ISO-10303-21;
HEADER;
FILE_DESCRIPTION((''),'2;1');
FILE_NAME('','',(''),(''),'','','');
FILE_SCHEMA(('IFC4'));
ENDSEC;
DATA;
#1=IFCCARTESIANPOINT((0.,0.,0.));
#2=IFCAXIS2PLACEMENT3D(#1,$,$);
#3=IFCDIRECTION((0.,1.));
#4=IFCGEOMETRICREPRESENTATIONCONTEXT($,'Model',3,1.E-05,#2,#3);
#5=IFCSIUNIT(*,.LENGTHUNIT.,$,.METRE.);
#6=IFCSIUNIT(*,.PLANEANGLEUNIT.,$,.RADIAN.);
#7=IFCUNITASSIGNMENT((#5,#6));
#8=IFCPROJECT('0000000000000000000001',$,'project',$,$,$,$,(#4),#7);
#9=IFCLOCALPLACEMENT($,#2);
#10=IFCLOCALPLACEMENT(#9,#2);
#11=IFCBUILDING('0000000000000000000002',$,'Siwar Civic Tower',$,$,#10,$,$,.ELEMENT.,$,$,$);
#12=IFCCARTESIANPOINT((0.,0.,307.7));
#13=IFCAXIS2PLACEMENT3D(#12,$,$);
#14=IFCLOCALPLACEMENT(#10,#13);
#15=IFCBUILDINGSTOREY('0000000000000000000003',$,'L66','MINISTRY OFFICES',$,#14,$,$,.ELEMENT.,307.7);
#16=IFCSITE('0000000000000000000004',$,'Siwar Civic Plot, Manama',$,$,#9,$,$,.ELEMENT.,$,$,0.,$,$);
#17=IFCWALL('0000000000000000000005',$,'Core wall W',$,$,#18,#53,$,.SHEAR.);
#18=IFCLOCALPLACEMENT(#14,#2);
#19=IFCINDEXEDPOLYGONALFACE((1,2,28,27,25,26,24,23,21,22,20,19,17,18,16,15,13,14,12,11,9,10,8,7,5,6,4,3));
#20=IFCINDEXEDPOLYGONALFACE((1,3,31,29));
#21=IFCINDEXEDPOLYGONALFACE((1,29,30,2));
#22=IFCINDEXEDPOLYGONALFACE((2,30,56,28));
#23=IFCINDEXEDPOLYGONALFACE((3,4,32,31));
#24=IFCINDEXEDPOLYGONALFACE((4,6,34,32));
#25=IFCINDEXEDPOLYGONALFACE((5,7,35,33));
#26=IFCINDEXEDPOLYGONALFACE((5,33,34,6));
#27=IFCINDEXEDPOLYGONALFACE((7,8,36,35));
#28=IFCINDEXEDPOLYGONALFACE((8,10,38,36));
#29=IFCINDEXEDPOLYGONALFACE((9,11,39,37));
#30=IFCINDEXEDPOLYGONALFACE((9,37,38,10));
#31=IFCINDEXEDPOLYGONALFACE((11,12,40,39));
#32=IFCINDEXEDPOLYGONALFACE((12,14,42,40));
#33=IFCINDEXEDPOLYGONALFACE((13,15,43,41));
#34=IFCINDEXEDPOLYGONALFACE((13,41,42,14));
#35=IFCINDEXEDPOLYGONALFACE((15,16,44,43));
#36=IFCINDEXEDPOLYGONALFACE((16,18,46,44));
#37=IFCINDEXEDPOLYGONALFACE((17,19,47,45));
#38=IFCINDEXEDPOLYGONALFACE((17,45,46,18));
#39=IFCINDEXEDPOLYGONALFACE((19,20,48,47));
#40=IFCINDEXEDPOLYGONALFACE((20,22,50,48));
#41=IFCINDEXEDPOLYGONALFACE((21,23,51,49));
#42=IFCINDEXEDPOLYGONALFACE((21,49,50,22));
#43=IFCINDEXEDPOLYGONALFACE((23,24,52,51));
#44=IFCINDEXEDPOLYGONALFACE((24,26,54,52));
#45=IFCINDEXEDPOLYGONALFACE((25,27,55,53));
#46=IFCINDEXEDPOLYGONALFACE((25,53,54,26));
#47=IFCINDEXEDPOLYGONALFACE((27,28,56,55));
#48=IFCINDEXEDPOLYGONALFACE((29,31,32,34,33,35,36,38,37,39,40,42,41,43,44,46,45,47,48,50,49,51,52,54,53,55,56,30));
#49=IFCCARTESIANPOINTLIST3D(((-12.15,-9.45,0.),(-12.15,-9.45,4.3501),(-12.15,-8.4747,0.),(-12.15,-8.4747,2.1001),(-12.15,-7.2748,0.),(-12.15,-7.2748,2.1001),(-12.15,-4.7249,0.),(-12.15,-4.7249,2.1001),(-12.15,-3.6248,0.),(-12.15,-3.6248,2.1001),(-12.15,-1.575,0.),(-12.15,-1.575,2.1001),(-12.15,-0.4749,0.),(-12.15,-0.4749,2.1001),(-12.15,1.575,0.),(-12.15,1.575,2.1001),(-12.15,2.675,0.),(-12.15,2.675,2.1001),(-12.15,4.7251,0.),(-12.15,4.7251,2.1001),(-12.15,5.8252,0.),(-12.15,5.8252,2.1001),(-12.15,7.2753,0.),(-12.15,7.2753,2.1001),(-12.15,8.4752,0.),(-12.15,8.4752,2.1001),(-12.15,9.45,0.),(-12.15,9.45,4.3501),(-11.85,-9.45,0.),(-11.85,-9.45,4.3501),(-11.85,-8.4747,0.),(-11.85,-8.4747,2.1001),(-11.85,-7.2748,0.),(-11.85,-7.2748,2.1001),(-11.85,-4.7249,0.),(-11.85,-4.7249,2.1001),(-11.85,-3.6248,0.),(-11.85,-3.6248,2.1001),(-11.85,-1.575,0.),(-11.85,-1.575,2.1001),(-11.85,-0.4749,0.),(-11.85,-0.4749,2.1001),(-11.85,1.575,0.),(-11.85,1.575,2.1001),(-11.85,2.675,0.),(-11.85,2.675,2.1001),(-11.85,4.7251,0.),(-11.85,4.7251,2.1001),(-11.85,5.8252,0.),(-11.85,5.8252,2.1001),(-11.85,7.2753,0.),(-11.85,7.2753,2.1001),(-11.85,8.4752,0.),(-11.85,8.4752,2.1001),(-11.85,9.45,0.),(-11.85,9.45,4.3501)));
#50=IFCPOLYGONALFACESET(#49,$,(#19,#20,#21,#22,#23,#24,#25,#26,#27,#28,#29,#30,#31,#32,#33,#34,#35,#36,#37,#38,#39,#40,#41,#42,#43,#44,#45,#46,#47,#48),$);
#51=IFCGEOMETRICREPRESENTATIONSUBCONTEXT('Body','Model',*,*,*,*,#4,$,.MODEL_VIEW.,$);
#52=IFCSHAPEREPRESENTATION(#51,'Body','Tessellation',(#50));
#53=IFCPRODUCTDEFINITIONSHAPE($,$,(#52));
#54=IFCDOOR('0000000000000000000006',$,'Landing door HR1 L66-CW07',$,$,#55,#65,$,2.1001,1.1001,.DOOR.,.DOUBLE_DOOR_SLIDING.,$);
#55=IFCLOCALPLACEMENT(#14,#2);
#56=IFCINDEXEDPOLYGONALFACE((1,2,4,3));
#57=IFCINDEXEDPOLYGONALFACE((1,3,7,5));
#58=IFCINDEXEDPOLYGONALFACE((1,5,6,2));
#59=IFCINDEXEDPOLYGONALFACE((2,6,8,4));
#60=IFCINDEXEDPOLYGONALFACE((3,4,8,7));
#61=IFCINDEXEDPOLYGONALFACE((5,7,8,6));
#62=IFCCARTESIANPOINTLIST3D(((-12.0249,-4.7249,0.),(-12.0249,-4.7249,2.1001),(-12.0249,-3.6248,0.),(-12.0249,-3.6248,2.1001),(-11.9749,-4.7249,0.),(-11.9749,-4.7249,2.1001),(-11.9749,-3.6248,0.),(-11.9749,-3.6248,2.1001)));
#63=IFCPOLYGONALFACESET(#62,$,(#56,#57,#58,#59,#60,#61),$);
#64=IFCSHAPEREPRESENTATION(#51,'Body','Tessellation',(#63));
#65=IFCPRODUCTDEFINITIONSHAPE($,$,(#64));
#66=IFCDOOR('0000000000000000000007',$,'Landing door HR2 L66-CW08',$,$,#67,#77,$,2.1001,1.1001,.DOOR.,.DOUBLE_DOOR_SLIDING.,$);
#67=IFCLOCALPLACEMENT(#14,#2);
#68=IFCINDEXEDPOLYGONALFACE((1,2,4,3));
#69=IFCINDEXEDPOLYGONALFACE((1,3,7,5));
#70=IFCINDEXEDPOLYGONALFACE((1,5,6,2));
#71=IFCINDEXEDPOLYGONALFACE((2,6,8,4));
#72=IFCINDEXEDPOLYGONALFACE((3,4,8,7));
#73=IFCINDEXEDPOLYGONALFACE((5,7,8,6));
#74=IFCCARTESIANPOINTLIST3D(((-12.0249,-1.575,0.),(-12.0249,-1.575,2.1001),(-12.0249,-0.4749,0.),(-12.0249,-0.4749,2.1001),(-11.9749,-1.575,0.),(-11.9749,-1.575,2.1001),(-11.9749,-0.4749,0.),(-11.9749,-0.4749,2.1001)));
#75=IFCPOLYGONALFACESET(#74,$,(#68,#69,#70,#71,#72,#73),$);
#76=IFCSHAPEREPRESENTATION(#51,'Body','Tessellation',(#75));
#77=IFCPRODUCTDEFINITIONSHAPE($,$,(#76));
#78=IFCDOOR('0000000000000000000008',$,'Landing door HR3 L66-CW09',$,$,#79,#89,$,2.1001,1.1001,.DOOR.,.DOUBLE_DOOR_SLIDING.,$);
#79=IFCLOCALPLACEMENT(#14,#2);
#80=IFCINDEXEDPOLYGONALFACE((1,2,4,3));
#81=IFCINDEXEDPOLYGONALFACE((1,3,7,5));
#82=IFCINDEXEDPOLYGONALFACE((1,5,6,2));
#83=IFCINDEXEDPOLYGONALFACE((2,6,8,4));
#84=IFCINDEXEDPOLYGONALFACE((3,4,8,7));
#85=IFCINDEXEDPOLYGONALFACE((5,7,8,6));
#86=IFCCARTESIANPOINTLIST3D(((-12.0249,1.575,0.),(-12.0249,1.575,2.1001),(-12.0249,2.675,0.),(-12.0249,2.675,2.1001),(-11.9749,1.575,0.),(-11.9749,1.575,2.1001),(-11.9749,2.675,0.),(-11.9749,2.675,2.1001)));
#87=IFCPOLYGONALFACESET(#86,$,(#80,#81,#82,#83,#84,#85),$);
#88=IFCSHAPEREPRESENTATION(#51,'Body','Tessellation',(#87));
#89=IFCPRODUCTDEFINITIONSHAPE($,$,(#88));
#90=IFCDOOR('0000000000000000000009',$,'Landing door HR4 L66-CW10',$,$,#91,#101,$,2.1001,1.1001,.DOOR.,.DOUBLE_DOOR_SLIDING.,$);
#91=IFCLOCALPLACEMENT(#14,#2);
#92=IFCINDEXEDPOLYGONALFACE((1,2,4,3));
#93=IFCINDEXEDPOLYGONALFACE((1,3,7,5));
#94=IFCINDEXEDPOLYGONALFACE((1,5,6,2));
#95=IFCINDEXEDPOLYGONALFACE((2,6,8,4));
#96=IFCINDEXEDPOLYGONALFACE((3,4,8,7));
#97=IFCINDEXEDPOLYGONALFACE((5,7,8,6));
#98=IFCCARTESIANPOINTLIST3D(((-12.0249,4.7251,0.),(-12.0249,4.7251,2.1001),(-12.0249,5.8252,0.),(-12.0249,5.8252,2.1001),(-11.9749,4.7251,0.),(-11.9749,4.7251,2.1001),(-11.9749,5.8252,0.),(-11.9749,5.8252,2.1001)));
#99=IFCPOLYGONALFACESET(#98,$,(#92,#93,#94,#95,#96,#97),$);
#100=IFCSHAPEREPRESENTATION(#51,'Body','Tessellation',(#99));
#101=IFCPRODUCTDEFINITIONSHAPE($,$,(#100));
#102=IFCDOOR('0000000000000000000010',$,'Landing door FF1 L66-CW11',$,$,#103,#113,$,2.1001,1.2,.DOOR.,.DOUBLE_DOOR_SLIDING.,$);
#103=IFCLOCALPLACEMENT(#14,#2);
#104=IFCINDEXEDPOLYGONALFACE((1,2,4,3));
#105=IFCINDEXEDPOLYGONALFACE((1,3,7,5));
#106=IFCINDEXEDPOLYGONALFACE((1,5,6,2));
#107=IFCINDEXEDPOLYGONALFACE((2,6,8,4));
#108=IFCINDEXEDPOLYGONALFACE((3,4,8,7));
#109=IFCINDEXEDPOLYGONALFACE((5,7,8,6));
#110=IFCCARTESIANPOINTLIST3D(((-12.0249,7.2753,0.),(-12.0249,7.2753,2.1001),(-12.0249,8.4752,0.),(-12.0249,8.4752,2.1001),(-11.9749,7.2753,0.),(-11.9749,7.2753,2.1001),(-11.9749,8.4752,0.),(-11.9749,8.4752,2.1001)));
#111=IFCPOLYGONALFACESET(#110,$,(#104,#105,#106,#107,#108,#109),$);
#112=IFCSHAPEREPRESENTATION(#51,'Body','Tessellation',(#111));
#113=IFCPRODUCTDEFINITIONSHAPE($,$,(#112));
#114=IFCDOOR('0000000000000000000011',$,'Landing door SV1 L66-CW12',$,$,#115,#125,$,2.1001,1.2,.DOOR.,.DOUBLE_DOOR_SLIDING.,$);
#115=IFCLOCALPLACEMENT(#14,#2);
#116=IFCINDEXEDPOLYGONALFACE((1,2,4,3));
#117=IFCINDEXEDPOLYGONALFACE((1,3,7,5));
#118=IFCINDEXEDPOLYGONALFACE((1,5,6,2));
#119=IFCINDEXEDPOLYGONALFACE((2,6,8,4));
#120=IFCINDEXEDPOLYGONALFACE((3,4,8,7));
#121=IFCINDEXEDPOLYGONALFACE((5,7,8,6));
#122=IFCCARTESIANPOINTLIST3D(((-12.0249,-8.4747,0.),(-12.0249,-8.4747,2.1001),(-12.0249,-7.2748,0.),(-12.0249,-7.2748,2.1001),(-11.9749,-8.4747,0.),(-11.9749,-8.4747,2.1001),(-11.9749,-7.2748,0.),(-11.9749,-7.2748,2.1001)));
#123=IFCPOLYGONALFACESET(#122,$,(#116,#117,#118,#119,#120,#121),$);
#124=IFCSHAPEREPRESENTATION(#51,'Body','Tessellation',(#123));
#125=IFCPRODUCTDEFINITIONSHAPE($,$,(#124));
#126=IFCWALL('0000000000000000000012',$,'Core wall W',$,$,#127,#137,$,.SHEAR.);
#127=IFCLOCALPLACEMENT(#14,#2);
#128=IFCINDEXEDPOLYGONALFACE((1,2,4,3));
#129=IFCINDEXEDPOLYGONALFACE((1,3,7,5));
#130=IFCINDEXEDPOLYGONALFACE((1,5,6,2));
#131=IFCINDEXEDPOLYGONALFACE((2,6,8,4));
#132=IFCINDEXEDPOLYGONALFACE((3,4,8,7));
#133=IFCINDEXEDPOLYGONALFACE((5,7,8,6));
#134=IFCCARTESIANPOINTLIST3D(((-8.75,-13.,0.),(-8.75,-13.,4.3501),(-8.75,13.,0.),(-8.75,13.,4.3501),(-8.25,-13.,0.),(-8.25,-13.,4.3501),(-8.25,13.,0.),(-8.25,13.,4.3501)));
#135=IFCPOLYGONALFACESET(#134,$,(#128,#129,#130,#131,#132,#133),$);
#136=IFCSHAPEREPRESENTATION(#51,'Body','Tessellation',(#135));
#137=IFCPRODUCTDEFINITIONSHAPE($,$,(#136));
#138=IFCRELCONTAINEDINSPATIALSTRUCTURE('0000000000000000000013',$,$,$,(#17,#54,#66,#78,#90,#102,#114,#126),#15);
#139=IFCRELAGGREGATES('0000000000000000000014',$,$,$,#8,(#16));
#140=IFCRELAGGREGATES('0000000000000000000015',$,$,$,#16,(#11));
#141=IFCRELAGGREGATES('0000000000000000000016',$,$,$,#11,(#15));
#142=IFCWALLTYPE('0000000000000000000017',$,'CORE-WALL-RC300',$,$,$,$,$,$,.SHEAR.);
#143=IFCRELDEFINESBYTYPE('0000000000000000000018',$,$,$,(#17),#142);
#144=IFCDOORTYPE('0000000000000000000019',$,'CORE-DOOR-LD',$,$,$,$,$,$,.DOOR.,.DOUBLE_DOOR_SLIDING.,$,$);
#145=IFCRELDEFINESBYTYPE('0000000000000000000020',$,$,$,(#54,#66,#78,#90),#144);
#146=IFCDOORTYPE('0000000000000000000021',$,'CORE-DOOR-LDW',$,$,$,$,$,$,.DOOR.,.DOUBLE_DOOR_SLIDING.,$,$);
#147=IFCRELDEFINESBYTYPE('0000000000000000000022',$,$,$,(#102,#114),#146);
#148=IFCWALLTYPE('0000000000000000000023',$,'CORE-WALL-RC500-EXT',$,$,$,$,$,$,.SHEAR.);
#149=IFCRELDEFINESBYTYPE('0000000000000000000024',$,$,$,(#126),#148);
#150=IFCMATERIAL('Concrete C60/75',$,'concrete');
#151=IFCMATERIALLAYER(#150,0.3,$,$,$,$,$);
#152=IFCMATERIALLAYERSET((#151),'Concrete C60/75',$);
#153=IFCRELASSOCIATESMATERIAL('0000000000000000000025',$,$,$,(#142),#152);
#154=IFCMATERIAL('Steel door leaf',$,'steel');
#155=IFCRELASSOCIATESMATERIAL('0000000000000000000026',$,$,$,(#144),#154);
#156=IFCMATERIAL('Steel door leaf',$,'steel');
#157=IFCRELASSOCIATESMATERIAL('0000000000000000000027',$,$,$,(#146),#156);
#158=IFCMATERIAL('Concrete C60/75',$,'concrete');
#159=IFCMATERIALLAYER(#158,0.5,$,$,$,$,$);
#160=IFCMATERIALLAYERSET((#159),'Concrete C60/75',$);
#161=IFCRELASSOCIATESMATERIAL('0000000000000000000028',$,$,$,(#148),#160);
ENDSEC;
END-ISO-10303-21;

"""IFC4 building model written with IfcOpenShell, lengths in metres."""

from ifc_helpers import new_model, si_unit, direction, frame, frame_2d, origin, place, context, subcontext, project, spatial, rectangle, extrude, material, layer, layer_set, type_object, element, fill, save


model = new_model("IFC4")

# Units and contexts
model_context = context("Model", 3, precision=1e-05, world=origin(), true_north=direction((0.0, 1.0)))
body_context = subcontext(model_context, "Body", "Model", "MODEL_VIEW")
ifc_project = project(units=[si_unit("LENGTHUNIT", "METRE"), si_unit("PLANEANGLEUNIT", "RADIAN")], contexts=[model_context])

# Site, building, storey
site_placement = place(None, origin())
site = spatial("IfcSite", under=ifc_project, at=site_placement, Name="Siwar Civic Plot, Manama", CompositionType="ELEMENT", RefElevation=0.0)
building_placement = place(site_placement, origin())
building = spatial("IfcBuilding", under=site, at=building_placement, Name="Siwar Civic Tower", CompositionType="ELEMENT")
storey_placement = place(building_placement, frame((0.0, 0.0, 307.7)))
storey = spatial("IfcBuildingStorey", under=building, at=storey_placement, Name="L66", Description="MINISTRY OFFICES", CompositionType="ELEMENT", Elevation=307.7)

# Wall, openings, doors
ifc_material_1 = material(Name="Concrete C60/75", Category="concrete")
ifc_layer_1 = layer(ifc_material_1, 0.3)
ifc_layer_set_1 = layer_set([ifc_layer_1], Name="Concrete C60/75")
wall_type_1 = type_object("IfcWallType", Name="CORE-WALL-RC300", PredefinedType="SHEAR", material=ifc_layer_set_1)
wall_1_placement = place(storey_placement, frame((-12.0, -9.45, 0.0), z_axis=(0.0, 0.0, 1.0), x_axis=(0.0, 1.0, 0.0)))
wall_1 = element("IfcWall", 1, at=wall_1_placement, inside=storey, type_object=wall_type_1, Name="Core wall W", PredefinedType="SHEAR", context=body_context, shape_type="SweptSolid", body=[
    extrude(rectangle(XDim=18.8999, YDim=0.3, at=frame_2d((9.45, 0.0))), origin(), (0.0, 0.0, 1.0), 4.3501),
])
opening_1_placement = place(wall_1_placement, frame((4.7251, 0.0, 0.0)))
opening_1 = element("IfcOpeningElement", 2, at=opening_1_placement, cuts=wall_1, PredefinedType="OPENING", context=body_context, shape_type="SweptSolid", body=[
    extrude(rectangle(XDim=1.1001, YDim=2.1001, at=frame_2d((0.55, 1.05))), frame((0.0, 0.1602, 0.0), z_axis=(0.0, -1.0, 0.0), x_axis=(1.0, 0.0, 0.0)), (0.0, 0.0, 1.0), 0.3201),
])
opening_2_placement = place(wall_1_placement, frame((7.875, 0.0, 0.0)))
opening_2 = element("IfcOpeningElement", 3, at=opening_2_placement, cuts=wall_1, PredefinedType="OPENING", context=body_context, shape_type="SweptSolid", body=[
    extrude(rectangle(XDim=1.1001, YDim=2.1001, at=frame_2d((0.55, 1.05))), frame((0.0, 0.1602, 0.0), z_axis=(0.0, -1.0, 0.0), x_axis=(1.0, 0.0, 0.0)), (0.0, 0.0, 1.0), 0.3201),
])
opening_3_placement = place(wall_1_placement, frame((11.0249, 0.0, 0.0)))
opening_3 = element("IfcOpeningElement", 4, at=opening_3_placement, cuts=wall_1, PredefinedType="OPENING", context=body_context, shape_type="SweptSolid", body=[
    extrude(rectangle(XDim=1.1001, YDim=2.1001, at=frame_2d((0.55, 1.05))), frame((0.0, 0.1602, 0.0), z_axis=(0.0, -1.0, 0.0), x_axis=(1.0, 0.0, 0.0)), (0.0, 0.0, 1.0), 0.3201),
])
opening_4_placement = place(wall_1_placement, frame((14.175, 0.0, 0.0)))
opening_4 = element("IfcOpeningElement", 5, at=opening_4_placement, cuts=wall_1, PredefinedType="OPENING", context=body_context, shape_type="SweptSolid", body=[
    extrude(rectangle(XDim=1.1001, YDim=2.1001, at=frame_2d((0.55, 1.05))), frame((0.0, 0.1602, 0.0), z_axis=(0.0, -1.0, 0.0), x_axis=(1.0, 0.0, 0.0)), (0.0, 0.0, 1.0), 0.3201),
])
opening_5_placement = place(wall_1_placement, frame((16.7251, 0.0, 0.0)))
opening_5 = element("IfcOpeningElement", 6, at=opening_5_placement, cuts=wall_1, PredefinedType="OPENING", context=body_context, shape_type="SweptSolid", body=[
    extrude(rectangle(XDim=1.2, YDim=2.1001, at=frame_2d((0.6001, 1.05))), frame((0.0, 0.1602, 0.0), z_axis=(0.0, -1.0, 0.0), x_axis=(1.0, 0.0, 0.0)), (0.0, 0.0, 1.0), 0.3201),
])
opening_6_placement = place(wall_1_placement, frame((0.9751, 0.0, 0.0)))
opening_6 = element("IfcOpeningElement", 7, at=opening_6_placement, cuts=wall_1, PredefinedType="OPENING", context=body_context, shape_type="SweptSolid", body=[
    extrude(rectangle(XDim=1.2, YDim=2.1001, at=frame_2d((0.6001, 1.05))), frame((0.0, 0.1602, 0.0), z_axis=(0.0, -1.0, 0.0), x_axis=(1.0, 0.0, 0.0)), (0.0, 0.0, 1.0), 0.3201),
])
ifc_material_2 = material(Name="Steel door leaf", Category="steel")
door_type_1 = type_object("IfcDoorType", Name="CORE-DOOR-LD", OperationType="DOUBLE_DOOR_SLIDING", PredefinedType="DOOR", material=ifc_material_2)
door_1_placement = place(opening_1_placement, origin())
door_1 = element("IfcDoor", 8, at=door_1_placement, inside=storey, type_object=door_type_1, Name="Landing door HR1 L66-CW07", OperationType="DOUBLE_DOOR_SLIDING", OverallHeight=2.1001, OverallWidth=1.1001, PredefinedType="DOOR", context=body_context, shape_type="SweptSolid", body=[
    extrude(rectangle(XDim=1.1001, YDim=2.1001, at=frame_2d((0.55, 1.05))), frame((0.0, 0.0249, 0.0), z_axis=(0.0, -1.0, 0.0), x_axis=(1.0, 0.0, 0.0)), (0.0, 0.0, 1.0), 0.05),
])
fill(opening_1, door_1)
door_2_placement = place(opening_2_placement, origin())
door_2 = element("IfcDoor", 9, at=door_2_placement, inside=storey, type_object=door_type_1, Name="Landing door HR2 L66-CW08", OperationType="DOUBLE_DOOR_SLIDING", OverallHeight=2.1001, OverallWidth=1.1001, PredefinedType="DOOR", context=body_context, shape_type="SweptSolid", body=[
    extrude(rectangle(XDim=1.1001, YDim=2.1001, at=frame_2d((0.55, 1.05))), frame((0.0, 0.0249, 0.0), z_axis=(0.0, -1.0, 0.0), x_axis=(1.0, 0.0, 0.0)), (0.0, 0.0, 1.0), 0.05),
])
fill(opening_2, door_2)
door_3_placement = place(opening_3_placement, origin())
door_3 = element("IfcDoor", 10, at=door_3_placement, inside=storey, type_object=door_type_1, Name="Landing door HR3 L66-CW09", OperationType="DOUBLE_DOOR_SLIDING", OverallHeight=2.1001, OverallWidth=1.1001, PredefinedType="DOOR", context=body_context, shape_type="SweptSolid", body=[
    extrude(rectangle(XDim=1.1001, YDim=2.1001, at=frame_2d((0.55, 1.05))), frame((0.0, 0.0249, 0.0), z_axis=(0.0, -1.0, 0.0), x_axis=(1.0, 0.0, 0.0)), (0.0, 0.0, 1.0), 0.05),
])
fill(opening_3, door_3)
door_4_placement = place(opening_4_placement, origin())
door_4 = element("IfcDoor", 11, at=door_4_placement, inside=storey, type_object=door_type_1, Name="Landing door HR4 L66-CW10", OperationType="DOUBLE_DOOR_SLIDING", OverallHeight=2.1001, OverallWidth=1.1001, PredefinedType="DOOR", context=body_context, shape_type="SweptSolid", body=[
    extrude(rectangle(XDim=1.1001, YDim=2.1001, at=frame_2d((0.55, 1.05))), frame((0.0, 0.0249, 0.0), z_axis=(0.0, -1.0, 0.0), x_axis=(1.0, 0.0, 0.0)), (0.0, 0.0, 1.0), 0.05),
])
fill(opening_4, door_4)
ifc_material_3 = material(Name="Steel door leaf", Category="steel")
door_type_2 = type_object("IfcDoorType", Name="CORE-DOOR-LDW", OperationType="DOUBLE_DOOR_SLIDING", PredefinedType="DOOR", material=ifc_material_3)
door_5_placement = place(opening_5_placement, origin())
door_5 = element("IfcDoor", 12, at=door_5_placement, inside=storey, type_object=door_type_2, Name="Landing door FF1 L66-CW11", OperationType="DOUBLE_DOOR_SLIDING", OverallHeight=2.1001, OverallWidth=1.2, PredefinedType="DOOR", context=body_context, shape_type="SweptSolid", body=[
    extrude(rectangle(XDim=1.2, YDim=2.1001, at=frame_2d((0.6001, 1.05))), frame((0.0, 0.0249, 0.0), z_axis=(0.0, -1.0, 0.0), x_axis=(1.0, 0.0, 0.0)), (0.0, 0.0, 1.0), 0.05),
])
fill(opening_5, door_5)
door_6_placement = place(opening_6_placement, origin())
door_6 = element("IfcDoor", 13, at=door_6_placement, inside=storey, type_object=door_type_2, Name="Landing door SV1 L66-CW12", OperationType="DOUBLE_DOOR_SLIDING", OverallHeight=2.1001, OverallWidth=1.2, PredefinedType="DOOR", context=body_context, shape_type="SweptSolid", body=[
    extrude(rectangle(XDim=1.2, YDim=2.1001, at=frame_2d((0.6001, 1.05))), frame((0.0, 0.0249, 0.0), z_axis=(0.0, -1.0, 0.0), x_axis=(1.0, 0.0, 0.0)), (0.0, 0.0, 1.0), 0.05),
])
fill(opening_6, door_6)

# Wall
ifc_material_4 = material(Name="Concrete C60/75", Category="concrete")
ifc_layer_2 = layer(ifc_material_4, 0.5)
ifc_layer_set_2 = layer_set([ifc_layer_2], Name="Concrete C60/75")
wall_type_2 = type_object("IfcWallType", Name="CORE-WALL-RC500-EXT", PredefinedType="SHEAR", material=ifc_layer_set_2)
wall_2_placement = place(storey_placement, frame((-8.5, -13.0, 0.0), z_axis=(0.0, 0.0, 1.0), x_axis=(0.0, 1.0, 0.0)))
element("IfcWall", 14, at=wall_2_placement, inside=storey, type_object=wall_type_2, Name="Core wall W", PredefinedType="SHEAR", context=body_context, shape_type="SweptSolid", body=[
    extrude(rectangle(XDim=26.0, YDim=0.5, at=frame_2d((13.0, 0.0))), origin(), (0.0, 0.0, 1.0), 4.3501),
])

save(model, "model.ifc")
